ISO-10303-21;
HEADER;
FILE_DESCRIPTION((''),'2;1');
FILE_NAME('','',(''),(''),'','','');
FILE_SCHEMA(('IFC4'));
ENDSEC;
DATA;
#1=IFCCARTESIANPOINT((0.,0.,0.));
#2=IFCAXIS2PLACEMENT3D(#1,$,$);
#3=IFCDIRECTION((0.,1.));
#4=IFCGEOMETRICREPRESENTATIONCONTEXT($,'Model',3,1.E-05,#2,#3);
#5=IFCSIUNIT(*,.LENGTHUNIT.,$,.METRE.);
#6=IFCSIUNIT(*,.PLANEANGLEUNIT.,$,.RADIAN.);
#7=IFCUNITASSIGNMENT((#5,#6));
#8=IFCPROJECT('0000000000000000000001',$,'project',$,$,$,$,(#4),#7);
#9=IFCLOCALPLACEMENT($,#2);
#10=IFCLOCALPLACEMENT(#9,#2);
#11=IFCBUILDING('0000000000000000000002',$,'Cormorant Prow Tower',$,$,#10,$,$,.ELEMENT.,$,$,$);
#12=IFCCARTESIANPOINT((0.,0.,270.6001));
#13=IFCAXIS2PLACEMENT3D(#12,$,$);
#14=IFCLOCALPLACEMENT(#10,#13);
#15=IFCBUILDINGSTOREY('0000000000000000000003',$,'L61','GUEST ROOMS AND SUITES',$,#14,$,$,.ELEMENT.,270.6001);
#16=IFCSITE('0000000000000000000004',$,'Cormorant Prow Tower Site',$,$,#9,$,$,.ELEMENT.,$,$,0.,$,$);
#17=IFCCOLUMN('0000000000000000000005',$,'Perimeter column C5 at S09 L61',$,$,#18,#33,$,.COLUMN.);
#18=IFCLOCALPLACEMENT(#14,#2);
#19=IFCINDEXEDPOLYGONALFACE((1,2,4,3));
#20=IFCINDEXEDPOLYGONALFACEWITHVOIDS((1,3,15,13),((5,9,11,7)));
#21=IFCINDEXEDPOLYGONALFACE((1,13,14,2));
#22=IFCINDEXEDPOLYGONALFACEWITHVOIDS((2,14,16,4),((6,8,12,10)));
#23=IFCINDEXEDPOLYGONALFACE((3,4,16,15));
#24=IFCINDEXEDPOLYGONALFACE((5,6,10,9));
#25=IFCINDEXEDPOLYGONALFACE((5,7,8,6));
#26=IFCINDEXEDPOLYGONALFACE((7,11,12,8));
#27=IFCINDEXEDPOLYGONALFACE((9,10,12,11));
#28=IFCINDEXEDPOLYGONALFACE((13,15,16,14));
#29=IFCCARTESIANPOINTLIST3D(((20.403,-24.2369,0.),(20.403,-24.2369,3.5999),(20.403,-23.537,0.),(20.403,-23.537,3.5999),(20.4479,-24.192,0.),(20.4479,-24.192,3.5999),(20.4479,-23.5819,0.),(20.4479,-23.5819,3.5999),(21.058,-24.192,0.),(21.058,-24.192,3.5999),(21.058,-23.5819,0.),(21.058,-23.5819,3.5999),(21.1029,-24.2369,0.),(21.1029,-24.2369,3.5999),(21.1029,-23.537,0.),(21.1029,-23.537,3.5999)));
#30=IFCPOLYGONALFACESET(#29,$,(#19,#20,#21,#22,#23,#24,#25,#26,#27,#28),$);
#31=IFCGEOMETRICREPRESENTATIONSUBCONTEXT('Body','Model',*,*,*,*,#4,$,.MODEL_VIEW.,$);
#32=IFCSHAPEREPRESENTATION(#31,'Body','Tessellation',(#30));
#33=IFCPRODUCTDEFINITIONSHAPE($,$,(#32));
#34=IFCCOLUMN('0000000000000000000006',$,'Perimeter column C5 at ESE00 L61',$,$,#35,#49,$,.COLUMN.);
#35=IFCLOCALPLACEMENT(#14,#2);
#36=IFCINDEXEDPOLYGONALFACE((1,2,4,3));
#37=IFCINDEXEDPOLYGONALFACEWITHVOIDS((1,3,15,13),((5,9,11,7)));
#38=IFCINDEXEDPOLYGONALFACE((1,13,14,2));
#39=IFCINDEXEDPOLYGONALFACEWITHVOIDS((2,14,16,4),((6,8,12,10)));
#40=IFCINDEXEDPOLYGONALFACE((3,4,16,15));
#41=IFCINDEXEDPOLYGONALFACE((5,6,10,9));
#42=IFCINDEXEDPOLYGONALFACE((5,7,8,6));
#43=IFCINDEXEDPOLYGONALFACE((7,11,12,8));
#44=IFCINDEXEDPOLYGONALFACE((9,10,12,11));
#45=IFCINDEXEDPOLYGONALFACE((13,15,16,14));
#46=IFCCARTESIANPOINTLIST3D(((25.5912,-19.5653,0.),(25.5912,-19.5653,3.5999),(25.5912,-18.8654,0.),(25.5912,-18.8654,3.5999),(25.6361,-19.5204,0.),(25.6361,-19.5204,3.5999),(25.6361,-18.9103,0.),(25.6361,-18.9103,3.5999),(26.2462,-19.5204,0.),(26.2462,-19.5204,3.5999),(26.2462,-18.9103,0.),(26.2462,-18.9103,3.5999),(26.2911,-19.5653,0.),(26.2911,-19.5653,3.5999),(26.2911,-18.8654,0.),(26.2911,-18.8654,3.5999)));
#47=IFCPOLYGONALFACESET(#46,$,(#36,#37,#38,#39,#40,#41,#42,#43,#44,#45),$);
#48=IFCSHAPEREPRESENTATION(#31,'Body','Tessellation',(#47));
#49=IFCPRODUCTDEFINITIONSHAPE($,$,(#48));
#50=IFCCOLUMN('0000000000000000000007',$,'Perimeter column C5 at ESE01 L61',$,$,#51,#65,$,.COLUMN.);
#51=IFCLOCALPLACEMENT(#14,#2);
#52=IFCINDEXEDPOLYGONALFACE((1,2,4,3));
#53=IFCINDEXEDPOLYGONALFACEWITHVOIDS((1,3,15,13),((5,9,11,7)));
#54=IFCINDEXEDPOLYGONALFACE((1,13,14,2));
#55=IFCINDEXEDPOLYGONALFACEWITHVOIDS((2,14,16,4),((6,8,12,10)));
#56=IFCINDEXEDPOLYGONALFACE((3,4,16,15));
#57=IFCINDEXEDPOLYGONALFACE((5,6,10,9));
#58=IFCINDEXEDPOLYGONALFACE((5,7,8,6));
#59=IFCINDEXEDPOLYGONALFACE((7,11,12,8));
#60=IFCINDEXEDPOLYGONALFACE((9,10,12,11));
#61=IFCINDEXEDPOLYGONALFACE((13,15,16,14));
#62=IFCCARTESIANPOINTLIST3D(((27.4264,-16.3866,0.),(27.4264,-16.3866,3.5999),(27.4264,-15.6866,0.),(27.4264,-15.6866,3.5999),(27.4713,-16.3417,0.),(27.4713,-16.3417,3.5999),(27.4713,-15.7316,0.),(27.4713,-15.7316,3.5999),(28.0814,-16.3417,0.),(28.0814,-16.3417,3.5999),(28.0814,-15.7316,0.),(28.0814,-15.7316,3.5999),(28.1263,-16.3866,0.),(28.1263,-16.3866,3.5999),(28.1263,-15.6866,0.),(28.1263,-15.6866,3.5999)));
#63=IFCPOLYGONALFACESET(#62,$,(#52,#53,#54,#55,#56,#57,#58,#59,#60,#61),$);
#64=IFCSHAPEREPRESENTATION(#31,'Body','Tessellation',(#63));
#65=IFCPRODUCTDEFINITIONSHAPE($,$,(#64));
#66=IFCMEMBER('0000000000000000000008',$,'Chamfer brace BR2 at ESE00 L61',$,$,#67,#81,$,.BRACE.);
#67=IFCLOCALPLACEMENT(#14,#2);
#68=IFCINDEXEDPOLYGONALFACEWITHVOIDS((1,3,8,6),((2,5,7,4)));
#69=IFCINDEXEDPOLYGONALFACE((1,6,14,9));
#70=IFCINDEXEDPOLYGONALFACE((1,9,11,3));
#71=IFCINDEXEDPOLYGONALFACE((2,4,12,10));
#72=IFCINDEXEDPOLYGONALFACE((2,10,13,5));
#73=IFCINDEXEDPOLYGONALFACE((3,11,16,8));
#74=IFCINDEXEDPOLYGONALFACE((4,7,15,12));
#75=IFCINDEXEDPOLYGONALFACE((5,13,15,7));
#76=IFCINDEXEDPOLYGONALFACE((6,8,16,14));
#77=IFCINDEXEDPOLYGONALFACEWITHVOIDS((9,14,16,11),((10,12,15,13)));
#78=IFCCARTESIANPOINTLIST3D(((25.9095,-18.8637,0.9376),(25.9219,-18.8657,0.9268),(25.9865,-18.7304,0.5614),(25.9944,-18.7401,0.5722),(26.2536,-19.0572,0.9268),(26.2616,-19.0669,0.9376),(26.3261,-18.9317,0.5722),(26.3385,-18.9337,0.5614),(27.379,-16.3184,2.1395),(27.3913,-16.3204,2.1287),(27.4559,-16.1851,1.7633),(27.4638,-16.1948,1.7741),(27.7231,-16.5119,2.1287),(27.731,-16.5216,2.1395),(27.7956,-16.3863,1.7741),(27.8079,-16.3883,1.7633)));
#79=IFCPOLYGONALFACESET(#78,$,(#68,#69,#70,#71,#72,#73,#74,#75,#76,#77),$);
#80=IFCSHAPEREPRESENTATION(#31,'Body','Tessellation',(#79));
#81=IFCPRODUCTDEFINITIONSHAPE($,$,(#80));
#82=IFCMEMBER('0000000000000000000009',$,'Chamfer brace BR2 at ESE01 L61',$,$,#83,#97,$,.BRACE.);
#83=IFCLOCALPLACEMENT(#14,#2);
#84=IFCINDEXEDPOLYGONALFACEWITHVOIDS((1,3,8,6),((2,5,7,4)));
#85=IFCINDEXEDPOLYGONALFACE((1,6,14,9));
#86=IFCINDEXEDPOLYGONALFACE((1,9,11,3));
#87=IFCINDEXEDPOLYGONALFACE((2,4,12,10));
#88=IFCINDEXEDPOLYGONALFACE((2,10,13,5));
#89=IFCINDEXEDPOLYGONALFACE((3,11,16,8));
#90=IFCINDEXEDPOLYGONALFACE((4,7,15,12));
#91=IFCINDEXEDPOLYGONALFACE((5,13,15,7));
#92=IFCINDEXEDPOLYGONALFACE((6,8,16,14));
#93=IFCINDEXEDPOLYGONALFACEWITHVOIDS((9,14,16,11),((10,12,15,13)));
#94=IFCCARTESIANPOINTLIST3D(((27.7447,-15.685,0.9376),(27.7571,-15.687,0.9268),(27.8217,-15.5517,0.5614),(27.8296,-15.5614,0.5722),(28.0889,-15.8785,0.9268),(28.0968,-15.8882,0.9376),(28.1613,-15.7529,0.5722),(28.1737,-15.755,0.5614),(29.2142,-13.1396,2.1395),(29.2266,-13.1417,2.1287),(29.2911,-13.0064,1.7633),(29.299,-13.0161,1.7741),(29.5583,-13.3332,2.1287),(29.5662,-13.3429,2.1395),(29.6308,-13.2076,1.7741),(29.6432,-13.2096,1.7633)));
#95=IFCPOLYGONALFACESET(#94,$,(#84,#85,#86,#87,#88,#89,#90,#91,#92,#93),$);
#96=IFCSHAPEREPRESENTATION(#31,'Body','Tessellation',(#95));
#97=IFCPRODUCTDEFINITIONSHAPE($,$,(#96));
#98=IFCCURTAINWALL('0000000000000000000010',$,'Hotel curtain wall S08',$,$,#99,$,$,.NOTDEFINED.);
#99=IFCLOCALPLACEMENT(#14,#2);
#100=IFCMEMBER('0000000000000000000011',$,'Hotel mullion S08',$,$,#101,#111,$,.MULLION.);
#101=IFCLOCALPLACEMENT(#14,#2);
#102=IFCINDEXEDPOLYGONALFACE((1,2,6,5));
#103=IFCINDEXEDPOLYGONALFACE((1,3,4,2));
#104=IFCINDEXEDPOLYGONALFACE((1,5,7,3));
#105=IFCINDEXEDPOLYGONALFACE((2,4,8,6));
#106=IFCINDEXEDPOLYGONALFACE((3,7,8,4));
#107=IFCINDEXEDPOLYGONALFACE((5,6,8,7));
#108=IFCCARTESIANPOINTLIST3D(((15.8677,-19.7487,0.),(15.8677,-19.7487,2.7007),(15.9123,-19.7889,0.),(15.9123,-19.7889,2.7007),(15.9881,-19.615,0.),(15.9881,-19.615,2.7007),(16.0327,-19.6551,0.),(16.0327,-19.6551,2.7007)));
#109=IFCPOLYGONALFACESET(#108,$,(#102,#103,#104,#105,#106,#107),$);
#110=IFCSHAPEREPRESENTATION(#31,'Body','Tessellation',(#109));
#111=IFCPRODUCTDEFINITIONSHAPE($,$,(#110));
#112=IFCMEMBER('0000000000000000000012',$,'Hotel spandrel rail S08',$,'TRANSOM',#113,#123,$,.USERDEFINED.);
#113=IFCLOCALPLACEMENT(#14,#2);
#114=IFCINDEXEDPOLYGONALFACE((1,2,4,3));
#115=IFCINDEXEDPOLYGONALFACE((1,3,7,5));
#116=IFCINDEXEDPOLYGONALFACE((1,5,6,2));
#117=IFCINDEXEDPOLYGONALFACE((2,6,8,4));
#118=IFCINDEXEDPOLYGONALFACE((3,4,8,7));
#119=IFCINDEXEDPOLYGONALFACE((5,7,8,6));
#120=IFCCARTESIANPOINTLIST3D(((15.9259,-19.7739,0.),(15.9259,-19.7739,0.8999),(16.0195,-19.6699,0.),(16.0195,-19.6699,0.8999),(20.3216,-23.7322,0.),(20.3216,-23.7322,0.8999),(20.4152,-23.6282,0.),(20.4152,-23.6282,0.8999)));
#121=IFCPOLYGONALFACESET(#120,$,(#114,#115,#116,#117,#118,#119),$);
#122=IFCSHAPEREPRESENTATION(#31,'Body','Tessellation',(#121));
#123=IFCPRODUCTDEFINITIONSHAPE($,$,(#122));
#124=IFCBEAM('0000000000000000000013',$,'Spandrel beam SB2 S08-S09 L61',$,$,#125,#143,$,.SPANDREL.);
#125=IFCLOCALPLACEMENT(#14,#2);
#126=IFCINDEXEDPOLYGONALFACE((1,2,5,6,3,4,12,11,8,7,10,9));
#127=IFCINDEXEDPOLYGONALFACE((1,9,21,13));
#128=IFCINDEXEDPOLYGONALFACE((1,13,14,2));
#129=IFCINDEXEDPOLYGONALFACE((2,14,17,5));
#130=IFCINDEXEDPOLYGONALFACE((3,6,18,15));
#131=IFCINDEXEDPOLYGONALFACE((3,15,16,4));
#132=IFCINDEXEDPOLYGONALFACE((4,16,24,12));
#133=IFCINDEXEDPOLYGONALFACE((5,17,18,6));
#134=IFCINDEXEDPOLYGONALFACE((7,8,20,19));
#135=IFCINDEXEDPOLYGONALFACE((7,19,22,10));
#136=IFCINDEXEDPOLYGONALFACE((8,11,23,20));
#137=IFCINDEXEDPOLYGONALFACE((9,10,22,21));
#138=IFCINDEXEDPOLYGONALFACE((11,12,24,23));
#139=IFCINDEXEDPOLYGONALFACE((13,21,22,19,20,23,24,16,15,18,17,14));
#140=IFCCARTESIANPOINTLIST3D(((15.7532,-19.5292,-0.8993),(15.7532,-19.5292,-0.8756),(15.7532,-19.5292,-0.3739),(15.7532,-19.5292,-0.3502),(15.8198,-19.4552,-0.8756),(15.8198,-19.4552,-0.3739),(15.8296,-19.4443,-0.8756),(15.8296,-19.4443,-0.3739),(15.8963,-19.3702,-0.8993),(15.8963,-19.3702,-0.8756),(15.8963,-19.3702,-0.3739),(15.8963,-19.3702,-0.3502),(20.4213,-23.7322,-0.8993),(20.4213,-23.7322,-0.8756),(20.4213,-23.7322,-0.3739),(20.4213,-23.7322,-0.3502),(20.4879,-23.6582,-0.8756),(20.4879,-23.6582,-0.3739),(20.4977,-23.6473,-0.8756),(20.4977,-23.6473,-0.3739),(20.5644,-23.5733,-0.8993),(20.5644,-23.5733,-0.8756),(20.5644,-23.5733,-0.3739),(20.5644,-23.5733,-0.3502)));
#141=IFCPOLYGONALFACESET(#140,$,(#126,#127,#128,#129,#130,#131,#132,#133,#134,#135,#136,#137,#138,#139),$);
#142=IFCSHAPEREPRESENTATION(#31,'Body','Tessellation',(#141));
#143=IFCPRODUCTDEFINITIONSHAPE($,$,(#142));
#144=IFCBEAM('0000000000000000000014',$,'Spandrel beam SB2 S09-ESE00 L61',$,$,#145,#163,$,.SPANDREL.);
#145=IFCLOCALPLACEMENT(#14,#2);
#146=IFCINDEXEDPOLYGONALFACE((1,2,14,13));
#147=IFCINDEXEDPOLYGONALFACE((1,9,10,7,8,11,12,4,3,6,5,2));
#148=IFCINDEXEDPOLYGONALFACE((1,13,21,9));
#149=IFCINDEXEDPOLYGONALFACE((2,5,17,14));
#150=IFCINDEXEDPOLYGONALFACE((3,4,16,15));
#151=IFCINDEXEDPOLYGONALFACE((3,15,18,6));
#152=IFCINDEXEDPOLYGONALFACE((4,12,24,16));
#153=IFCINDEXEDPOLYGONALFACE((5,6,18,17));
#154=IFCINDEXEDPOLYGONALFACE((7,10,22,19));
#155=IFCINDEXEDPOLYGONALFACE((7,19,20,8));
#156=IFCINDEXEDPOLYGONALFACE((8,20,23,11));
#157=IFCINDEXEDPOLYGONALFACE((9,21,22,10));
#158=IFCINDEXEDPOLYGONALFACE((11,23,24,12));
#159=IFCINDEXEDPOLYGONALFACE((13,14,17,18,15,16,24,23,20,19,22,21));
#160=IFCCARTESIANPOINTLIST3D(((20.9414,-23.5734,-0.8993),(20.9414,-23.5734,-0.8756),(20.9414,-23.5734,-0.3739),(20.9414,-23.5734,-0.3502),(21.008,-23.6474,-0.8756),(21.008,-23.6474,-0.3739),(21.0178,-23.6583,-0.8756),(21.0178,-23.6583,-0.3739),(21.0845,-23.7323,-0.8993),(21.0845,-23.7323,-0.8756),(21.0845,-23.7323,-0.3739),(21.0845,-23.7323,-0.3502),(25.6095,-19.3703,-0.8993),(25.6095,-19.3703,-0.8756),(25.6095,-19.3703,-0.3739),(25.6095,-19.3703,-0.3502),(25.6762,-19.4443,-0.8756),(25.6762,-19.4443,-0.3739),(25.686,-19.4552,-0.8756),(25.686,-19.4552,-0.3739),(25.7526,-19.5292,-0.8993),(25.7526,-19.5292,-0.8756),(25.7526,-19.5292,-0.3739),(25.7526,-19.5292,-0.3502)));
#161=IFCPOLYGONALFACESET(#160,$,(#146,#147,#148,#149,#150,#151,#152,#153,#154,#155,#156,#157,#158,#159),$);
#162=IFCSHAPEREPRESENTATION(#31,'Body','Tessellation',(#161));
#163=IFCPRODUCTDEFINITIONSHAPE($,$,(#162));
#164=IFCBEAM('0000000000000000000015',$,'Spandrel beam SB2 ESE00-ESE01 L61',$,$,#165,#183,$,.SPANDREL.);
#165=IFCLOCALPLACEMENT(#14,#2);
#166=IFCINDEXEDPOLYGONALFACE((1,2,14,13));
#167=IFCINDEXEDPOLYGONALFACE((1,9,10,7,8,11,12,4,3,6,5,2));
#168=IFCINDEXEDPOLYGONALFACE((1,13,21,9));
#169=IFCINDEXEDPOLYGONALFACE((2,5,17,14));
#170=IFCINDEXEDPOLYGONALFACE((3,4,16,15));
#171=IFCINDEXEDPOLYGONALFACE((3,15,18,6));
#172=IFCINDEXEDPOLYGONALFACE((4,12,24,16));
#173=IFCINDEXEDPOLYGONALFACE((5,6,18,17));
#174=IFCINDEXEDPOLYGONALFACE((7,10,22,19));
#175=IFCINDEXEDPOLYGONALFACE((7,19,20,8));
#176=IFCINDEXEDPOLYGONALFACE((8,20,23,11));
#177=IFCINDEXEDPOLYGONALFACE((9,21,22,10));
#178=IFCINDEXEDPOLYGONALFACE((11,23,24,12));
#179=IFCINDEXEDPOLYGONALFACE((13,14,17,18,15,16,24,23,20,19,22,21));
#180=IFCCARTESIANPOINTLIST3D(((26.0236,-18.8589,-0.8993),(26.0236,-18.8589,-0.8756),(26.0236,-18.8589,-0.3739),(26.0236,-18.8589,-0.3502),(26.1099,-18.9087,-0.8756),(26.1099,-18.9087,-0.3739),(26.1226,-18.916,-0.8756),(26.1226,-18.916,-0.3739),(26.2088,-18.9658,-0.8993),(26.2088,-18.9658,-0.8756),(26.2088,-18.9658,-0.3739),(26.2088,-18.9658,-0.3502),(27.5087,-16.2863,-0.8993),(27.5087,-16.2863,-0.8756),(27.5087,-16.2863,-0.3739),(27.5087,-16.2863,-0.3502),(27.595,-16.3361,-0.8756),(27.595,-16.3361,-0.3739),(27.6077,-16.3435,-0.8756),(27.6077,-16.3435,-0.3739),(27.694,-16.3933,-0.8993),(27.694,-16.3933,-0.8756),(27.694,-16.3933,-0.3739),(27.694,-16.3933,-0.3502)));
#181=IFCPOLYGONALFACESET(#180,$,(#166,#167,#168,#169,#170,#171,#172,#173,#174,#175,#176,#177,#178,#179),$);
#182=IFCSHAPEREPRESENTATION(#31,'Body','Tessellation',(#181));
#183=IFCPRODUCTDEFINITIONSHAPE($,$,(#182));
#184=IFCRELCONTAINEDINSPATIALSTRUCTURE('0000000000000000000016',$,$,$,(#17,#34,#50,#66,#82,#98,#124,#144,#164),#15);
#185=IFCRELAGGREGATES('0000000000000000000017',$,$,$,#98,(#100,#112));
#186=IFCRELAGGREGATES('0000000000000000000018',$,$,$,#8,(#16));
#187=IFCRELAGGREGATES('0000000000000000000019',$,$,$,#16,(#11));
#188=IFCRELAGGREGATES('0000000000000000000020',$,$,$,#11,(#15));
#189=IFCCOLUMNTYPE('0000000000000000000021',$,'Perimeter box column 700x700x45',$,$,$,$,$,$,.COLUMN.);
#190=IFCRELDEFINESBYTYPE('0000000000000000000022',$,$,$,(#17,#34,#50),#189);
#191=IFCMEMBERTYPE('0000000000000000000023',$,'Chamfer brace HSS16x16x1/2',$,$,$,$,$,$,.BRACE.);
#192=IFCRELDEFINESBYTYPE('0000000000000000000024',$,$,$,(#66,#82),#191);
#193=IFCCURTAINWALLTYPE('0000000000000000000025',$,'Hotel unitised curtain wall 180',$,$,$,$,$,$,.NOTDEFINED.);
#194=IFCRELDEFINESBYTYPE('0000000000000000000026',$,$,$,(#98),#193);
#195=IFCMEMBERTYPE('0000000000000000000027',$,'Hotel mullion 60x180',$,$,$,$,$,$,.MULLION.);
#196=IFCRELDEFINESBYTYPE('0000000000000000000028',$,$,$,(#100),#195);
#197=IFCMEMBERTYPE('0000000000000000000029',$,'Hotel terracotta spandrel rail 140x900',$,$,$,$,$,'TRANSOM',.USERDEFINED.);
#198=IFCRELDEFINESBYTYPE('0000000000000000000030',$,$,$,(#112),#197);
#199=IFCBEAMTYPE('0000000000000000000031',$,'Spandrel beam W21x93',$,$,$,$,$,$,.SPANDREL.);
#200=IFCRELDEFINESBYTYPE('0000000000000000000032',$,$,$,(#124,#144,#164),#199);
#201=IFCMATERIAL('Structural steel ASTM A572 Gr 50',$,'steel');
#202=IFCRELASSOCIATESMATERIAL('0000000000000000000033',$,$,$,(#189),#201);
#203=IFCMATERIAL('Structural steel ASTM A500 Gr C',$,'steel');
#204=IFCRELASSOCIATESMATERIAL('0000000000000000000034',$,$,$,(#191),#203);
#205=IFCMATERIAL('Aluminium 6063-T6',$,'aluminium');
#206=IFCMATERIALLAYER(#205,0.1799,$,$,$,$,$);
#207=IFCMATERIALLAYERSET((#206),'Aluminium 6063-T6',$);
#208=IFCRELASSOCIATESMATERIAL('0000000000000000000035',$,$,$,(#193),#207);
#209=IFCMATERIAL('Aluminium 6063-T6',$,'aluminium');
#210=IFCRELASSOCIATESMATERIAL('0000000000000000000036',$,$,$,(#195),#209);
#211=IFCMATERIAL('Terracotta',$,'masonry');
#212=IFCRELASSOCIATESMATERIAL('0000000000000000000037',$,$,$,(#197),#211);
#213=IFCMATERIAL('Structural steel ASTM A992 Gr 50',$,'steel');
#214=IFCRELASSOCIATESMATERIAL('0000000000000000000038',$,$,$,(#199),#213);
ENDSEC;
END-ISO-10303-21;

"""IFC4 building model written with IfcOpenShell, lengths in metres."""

from ifc_helpers import new_model, si_unit, direction, frame, origin, origin_2d, place, context, subcontext, project, spatial, rectangle, hollow_rectangle, i_section, extrude, material, layer, layer_set, material_profile, profile_set, type_object, element, aggregate, save


model = new_model("IFC4")

# Units and contexts
model_context = context("Model", 3, precision=1e-05, world=origin(), true_north=direction((0.0, 1.0)))
body_context = subcontext(model_context, "Body", "Model", "MODEL_VIEW")
ifc_project = project(units=[si_unit("LENGTHUNIT", "METRE"), si_unit("PLANEANGLEUNIT", "RADIAN")], contexts=[model_context])

# Site, building, storey
site_placement = place(None, origin())
site = spatial("IfcSite", under=ifc_project, at=site_placement, Name="Cormorant Prow Tower Site", CompositionType="ELEMENT", RefElevation=0.0)
building_placement = place(site_placement, origin())
building = spatial("IfcBuilding", under=site, at=building_placement, Name="Cormorant Prow Tower", CompositionType="ELEMENT")
storey_placement = place(building_placement, frame((0.0, 0.0, 270.6001)))
storey = spatial("IfcBuildingStorey", under=building, at=storey_placement, Name="L61", Description="GUEST ROOMS AND SUITES", CompositionType="ELEMENT", Elevation=270.6001)

# Columns
ifc_material_1 = material(Name="Structural steel ASTM A572 Gr 50", Category="steel")
ifc_material_profile_1 = material_profile(ifc_material_1, hollow_rectangle(XDim=0.7, YDim=0.7, WallThickness=0.0449, at=origin_2d()), Name="Box 700x700x45")
ifc_profile_set_1 = profile_set([ifc_material_profile_1], Name="Structural steel ASTM A572 Gr 50")
column_type = type_object("IfcColumnType", Name="Perimeter box column 700x700x45", PredefinedType="COLUMN", material=ifc_profile_set_1)
for number, where, z_axis, x_axis, name in (
    (1, (20.7529, -23.887, 0.0), (0.0, 0.0, 1.0), (1.0, 0.0, 0.0), "Perimeter column C5 at S09 L61"),
    (2, (25.9412, -19.2153, 0.0), (0.0, 0.0, 1.0), (1.0, 0.0, 0.0), "Perimeter column C5 at ESE00 L61"),
    (3, (27.7764, -16.0366, 0.0), (0.0, 0.0, 1.0), (1.0, 0.0, 0.0), "Perimeter column C5 at ESE01 L61"),
):
    element("IfcColumn", number, at=place(storey_placement, frame(where, z_axis=z_axis, x_axis=x_axis)), inside=storey, type_object=column_type, Name=name, PredefinedType="COLUMN", context=body_context, shape_type="SweptSolid", body=[
        extrude(hollow_rectangle(XDim=0.7, YDim=0.7, WallThickness=0.0449, at=origin_2d()), origin(), (0.0, 0.0, 1.0), 3.5999),
    ])

# Members
ifc_material_2 = material(Name="Structural steel ASTM A500 Gr C", Category="steel")
ifc_material_profile_2 = material_profile(ifc_material_2, hollow_rectangle(XDim=0.4065, YDim=0.4065, WallThickness=0.0117, at=origin_2d()), Name="HSS16x16x1/2")
ifc_profile_set_2 = profile_set([ifc_material_profile_2], Name="Structural steel ASTM A500 Gr C")
member_type_1 = type_object("IfcMemberType", Name="Chamfer brace HSS16x16x1/2", PredefinedType="BRACE", material=ifc_profile_set_2)
for number, where, z_axis, x_axis, name in (
    (4, (26.124, -18.8987, 0.7495), (0.462773, 0.801607, 0.378507), (-0.866042, 0.499972, 0.0), "Chamfer brace BR2 at ESE00 L61"),
    (5, (27.9592, -15.72, 0.7495), (0.462773, 0.801607, 0.378507), (-0.866042, 0.499972, 0.0), "Chamfer brace BR2 at ESE01 L61"),
):
    element("IfcMember", number, at=place(storey_placement, frame(where, z_axis=z_axis, x_axis=x_axis)), inside=storey, type_object=member_type_1, Name=name, PredefinedType="BRACE", context=body_context, shape_type="SweptSolid", body=[
        extrude(hollow_rectangle(XDim=0.4065, YDim=0.4065, WallThickness=0.0117, at=origin_2d()), origin(), (0.0, 0.0, 1.0), 3.1753),
    ])

# Curtain wall, members
ifc_material_3 = material(Name="Aluminium 6063-T6", Category="aluminium")
ifc_layer_1 = layer(ifc_material_3, 0.1799)
ifc_layer_set_1 = layer_set([ifc_layer_1], Name="Aluminium 6063-T6")
curtain_wall_type = type_object("IfcCurtainWallType", Name="Hotel unitised curtain wall 180", PredefinedType="NOTDEFINED", material=ifc_layer_set_1)
curtain_wall_placement = place(storey_placement, origin())
curtain_wall = element("IfcCurtainWall", 6, at=curtain_wall_placement, inside=storey, type_object=curtain_wall_type, Name="Hotel curtain wall S08", PredefinedType="NOTDEFINED")
ifc_material_4 = material(Name="Aluminium 6063-T6", Category="aluminium")
ifc_material_profile_3 = material_profile(ifc_material_4, rectangle(XDim=0.1799, YDim=0.0601, at=origin_2d()), Name="Hotel mullion 60x180")
ifc_profile_set_3 = profile_set([ifc_material_profile_3], Name="Aluminium 6063-T6")
member_type_2 = type_object("IfcMemberType", Name="Hotel mullion 60x180", PredefinedType="MULLION", material=ifc_profile_set_3)
member_1_placement = place(storey_placement, frame((15.9502, -19.7019, 0.0), z_axis=(0.0, 0.0, 1.0), x_axis=(0.669131, 0.743145, 0.0)))
member_1 = element("IfcMember", 7, at=member_1_placement, type_object=member_type_2, Name="Hotel mullion S08", PredefinedType="MULLION", context=body_context, shape_type="SweptSolid", body=[
    extrude(rectangle(XDim=0.1799, YDim=0.0601, at=origin_2d()), origin(), (0.0, 0.0, 1.0), 2.7007),
])
ifc_material_5 = material(Name="Terracotta", Category="masonry")
ifc_material_profile_4 = material_profile(ifc_material_5, rectangle(XDim=0.1399, YDim=0.8999, at=origin_2d()), Name="Hotel terracotta spandrel rail 140x900")
ifc_profile_set_4 = profile_set([ifc_material_profile_4], Name="Terracotta")
member_type_3 = type_object("IfcMemberType", Name="Hotel terracotta spandrel rail 140x900", ElementType="TRANSOM", PredefinedType="USERDEFINED", material=ifc_profile_set_4)
member_2_placement = place(storey_placement, frame((15.9727, -19.7219, 0.45), z_axis=(0.74312, -0.669159, 0.0), x_axis=(0.669159, 0.74312, 0.0)))
member_2 = element("IfcMember", 8, at=member_2_placement, type_object=member_type_3, Name="Hotel spandrel rail S08", ObjectType="TRANSOM", PredefinedType="USERDEFINED", context=body_context, shape_type="SweptSolid", body=[
    extrude(rectangle(XDim=0.1399, YDim=0.8999, at=origin_2d()), origin(), (0.0, 0.0, 1.0), 5.9153),
])

# Beams
ifc_material_6 = material(Name="Structural steel ASTM A992 Gr 50", Category="steel")
ifc_material_profile_5 = material_profile(ifc_material_6, i_section(OverallWidth=0.2139, OverallDepth=0.5491, WebThickness=0.0146, FlangeThickness=0.0237, at=origin_2d()), Name="W21x93")
ifc_profile_set_5 = profile_set([ifc_material_profile_5], Name="Structural steel ASTM A992 Gr 50")
beam_type = type_object("IfcBeamType", Name="Spandrel beam W21x93", PredefinedType="SPANDREL", material=ifc_profile_set_5)
for number, where, z_axis, x_axis, name in (
    (9, (15.8247, -19.4497, -0.6248), (0.743157, -0.669117, 0.0), (0.669117, 0.743157, 0.0), "Spandrel beam SB2 S08-S09 L61"),
    (10, (21.0129, -23.6528, -0.6248), (0.743157, 0.669117, 0.0), (-0.669117, 0.743157, 0.0), "Spandrel beam SB2 S09-ESE00 L61"),
):
    element("IfcBeam", number, at=place(storey_placement, frame(where, z_axis=z_axis, x_axis=x_axis)), inside=storey, type_object=beam_type, Name=name, PredefinedType="SPANDREL", context=body_context, shape_type="SweptSolid", body=[
        extrude(i_section(OverallWidth=0.2139, OverallDepth=0.5491, WebThickness=0.0146, FlangeThickness=0.0237, at=origin_2d()), origin(), (0.0, 0.0, 1.0), 6.2815),
    ])
for number, where, z_axis, x_axis, name in (
    (11, (26.1162, -18.9124, -0.6248), (0.499967, 0.866045, 0.0), (-0.866045, 0.499967, 0.0), "Spandrel beam SB2 ESE00-ESE01 L61"),
):
    element("IfcBeam", number, at=place(storey_placement, frame(where, z_axis=z_axis, x_axis=x_axis)), inside=storey, type_object=beam_type, Name=name, PredefinedType="SPANDREL", context=body_context, shape_type="SweptSolid", body=[
        extrude(i_section(OverallWidth=0.2139, OverallDepth=0.5491, WebThickness=0.0146, FlangeThickness=0.0237, at=origin_2d()), origin(), (0.0, 0.0, 1.0), 2.9705),
    ])

aggregate(curtain_wall, [member_1, member_2])

save(model, "model.ifc")
